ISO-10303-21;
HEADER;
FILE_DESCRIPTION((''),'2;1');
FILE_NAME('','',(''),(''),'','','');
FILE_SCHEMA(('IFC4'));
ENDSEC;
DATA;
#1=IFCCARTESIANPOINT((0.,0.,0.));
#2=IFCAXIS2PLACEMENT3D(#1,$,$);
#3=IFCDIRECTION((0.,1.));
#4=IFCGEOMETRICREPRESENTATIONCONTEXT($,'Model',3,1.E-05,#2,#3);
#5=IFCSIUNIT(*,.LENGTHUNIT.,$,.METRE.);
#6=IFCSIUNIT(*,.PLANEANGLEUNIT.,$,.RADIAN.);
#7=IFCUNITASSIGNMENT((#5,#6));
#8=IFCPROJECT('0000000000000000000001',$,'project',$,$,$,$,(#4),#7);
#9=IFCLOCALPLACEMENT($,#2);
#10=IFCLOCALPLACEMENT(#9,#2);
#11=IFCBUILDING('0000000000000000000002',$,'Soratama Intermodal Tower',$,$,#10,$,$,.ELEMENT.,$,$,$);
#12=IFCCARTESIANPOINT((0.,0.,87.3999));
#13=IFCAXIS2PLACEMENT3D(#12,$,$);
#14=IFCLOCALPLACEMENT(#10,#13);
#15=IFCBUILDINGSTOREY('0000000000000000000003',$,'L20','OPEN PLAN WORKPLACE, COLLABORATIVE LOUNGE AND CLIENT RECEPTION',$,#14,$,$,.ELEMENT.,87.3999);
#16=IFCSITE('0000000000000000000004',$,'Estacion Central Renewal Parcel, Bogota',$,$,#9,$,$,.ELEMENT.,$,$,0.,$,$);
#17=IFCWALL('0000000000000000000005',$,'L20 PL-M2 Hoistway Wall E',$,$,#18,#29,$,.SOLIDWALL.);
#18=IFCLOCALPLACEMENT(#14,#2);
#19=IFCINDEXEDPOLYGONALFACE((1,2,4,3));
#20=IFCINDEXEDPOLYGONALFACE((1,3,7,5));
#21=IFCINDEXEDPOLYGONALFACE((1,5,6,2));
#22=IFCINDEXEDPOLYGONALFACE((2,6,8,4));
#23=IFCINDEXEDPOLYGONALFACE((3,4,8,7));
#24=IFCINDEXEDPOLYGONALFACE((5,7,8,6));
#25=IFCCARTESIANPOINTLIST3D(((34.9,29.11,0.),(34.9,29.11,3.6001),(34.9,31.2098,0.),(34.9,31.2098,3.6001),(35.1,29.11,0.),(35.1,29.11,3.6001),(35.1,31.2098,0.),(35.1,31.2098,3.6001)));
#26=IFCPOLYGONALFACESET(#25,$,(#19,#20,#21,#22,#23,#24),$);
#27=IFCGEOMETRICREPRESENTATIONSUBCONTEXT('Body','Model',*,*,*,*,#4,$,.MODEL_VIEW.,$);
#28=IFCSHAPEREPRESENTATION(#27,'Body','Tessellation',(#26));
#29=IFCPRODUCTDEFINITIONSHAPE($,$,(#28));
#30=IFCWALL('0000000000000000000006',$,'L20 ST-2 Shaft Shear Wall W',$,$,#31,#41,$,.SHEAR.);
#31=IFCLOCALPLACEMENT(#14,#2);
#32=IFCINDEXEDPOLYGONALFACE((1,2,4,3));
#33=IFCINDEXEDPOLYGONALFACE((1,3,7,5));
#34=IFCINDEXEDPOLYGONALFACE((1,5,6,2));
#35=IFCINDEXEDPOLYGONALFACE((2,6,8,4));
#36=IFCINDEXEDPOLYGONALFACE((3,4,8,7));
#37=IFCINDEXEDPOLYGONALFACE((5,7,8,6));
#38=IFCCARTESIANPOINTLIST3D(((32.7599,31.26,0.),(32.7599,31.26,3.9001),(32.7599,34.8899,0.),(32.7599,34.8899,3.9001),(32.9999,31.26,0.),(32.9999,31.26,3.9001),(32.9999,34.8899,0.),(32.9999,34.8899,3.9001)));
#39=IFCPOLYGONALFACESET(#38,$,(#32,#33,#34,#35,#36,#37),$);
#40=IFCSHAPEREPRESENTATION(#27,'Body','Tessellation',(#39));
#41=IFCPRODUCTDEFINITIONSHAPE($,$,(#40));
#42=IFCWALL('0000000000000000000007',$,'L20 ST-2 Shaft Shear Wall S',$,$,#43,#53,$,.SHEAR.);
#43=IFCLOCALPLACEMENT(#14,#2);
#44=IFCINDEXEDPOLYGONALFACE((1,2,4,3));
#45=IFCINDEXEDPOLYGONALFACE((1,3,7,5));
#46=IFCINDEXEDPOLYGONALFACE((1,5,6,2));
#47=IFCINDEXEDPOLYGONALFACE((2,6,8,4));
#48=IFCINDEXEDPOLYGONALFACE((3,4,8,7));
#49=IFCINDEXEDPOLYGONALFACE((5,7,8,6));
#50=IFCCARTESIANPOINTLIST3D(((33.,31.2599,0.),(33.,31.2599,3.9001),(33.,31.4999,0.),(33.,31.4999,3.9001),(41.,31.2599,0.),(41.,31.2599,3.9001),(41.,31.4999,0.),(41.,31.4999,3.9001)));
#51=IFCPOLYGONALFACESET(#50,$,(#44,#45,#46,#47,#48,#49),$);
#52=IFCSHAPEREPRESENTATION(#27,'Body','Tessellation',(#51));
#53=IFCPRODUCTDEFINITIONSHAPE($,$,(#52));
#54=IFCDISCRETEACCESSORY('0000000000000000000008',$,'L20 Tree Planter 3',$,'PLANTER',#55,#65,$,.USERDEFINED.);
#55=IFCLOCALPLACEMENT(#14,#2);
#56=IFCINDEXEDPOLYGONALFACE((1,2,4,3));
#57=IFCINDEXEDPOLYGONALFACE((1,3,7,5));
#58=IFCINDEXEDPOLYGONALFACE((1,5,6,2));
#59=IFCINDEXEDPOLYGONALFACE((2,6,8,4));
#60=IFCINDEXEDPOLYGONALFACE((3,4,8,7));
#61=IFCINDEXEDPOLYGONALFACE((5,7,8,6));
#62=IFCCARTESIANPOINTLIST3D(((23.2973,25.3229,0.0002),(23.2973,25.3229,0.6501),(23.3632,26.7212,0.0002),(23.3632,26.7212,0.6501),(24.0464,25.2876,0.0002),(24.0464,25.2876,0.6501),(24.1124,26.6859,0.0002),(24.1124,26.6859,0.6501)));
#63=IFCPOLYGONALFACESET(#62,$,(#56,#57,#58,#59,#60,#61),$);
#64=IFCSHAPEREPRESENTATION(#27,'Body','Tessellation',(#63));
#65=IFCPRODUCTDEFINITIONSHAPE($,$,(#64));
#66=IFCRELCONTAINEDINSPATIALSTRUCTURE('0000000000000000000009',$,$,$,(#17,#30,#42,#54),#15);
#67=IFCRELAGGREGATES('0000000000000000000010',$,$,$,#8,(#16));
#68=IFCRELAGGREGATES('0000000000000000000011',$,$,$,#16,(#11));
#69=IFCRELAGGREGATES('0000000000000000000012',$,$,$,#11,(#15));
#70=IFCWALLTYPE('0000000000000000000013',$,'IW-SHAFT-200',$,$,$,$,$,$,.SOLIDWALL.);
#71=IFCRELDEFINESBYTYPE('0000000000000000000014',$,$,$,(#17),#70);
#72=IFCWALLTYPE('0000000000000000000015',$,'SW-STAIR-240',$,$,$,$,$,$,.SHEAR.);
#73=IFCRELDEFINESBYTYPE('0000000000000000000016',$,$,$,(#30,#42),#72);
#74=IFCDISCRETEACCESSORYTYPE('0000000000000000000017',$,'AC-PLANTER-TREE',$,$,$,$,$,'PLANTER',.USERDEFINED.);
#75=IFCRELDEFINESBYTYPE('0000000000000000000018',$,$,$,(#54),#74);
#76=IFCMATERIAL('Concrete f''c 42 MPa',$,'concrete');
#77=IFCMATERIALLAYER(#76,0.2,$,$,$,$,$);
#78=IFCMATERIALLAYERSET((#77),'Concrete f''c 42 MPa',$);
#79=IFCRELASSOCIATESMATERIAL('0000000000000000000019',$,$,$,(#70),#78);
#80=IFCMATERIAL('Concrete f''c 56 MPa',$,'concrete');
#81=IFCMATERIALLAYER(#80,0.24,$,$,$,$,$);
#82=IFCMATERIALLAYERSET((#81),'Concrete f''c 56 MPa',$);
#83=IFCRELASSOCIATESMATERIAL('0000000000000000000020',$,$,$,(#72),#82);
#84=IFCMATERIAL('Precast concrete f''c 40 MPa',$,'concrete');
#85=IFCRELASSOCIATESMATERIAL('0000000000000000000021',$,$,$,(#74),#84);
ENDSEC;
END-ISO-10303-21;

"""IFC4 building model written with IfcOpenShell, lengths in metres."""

from ifc_helpers import new_model, si_unit, direction, frame, frame_2d, origin, origin_2d, place, context, subcontext, project, spatial, rectangle, extrude, material, layer, layer_set, type_object, element, save


model = new_model("IFC4")

# Units and contexts
model_context = context("Model", 3, precision=1e-05, world=origin(), true_north=direction((0.0, 1.0)))
body_context = subcontext(model_context, "Body", "Model", "MODEL_VIEW")
ifc_project = project(units=[si_unit("LENGTHUNIT", "METRE"), si_unit("PLANEANGLEUNIT", "RADIAN")], contexts=[model_context])

# Site, building, storey
site_placement = place(None, origin())
site = spatial("IfcSite", under=ifc_project, at=site_placement, Name="Estacion Central Renewal Parcel, Bogota", CompositionType="ELEMENT", RefElevation=0.0)
building_placement = place(site_placement, origin())
building = spatial("IfcBuilding", under=site, at=building_placement, Name="Soratama Intermodal Tower", CompositionType="ELEMENT")
storey_placement = place(building_placement, frame((0.0, 0.0, 87.3999)))
storey = spatial("IfcBuildingStorey", under=building, at=storey_placement, Name="L20", Description="OPEN PLAN WORKPLACE, COLLABORATIVE LOUNGE AND CLIENT RECEPTION", CompositionType="ELEMENT", Elevation=87.3999)

# Shared definitions
ifc_material_1 = material(Name="Concrete f'c 42 MPa", Category="concrete")
ifc_layer_1 = layer(ifc_material_1, 0.2)
ifc_layer_set_1 = layer_set([ifc_layer_1], Name="Concrete f'c 42 MPa")
wall_type_1 = type_object("IfcWallType", Name="IW-SHAFT-200", PredefinedType="SOLIDWALL", material=ifc_layer_set_1)

# Walls
wall_1_placement = place(storey_placement, frame((35.0, 29.1101, 0.0), z_axis=(0.0, 0.0, 1.0), x_axis=(0.0, 1.0, 0.0)))
element("IfcWall", 1, at=wall_1_placement, inside=storey, type_object=wall_type_1, Name="L20 PL-M2 Hoistway Wall E", PredefinedType="SOLIDWALL", context=body_context, shape_type="SweptSolid", body=[
    extrude(rectangle(XDim=2.0999, YDim=0.2, at=frame_2d((1.0498, 0.0))), origin(), (0.0, 0.0, 1.0), 3.6001),
])
ifc_material_2 = material(Name="Concrete f'c 56 MPa", Category="concrete")
ifc_layer_2 = layer(ifc_material_2, 0.24)
ifc_layer_set_2 = layer_set([ifc_layer_2], Name="Concrete f'c 56 MPa")
wall_type_2 = type_object("IfcWallType", Name="SW-STAIR-240", PredefinedType="SHEAR", material=ifc_layer_set_2)
wall_2_placement = place(storey_placement, frame((32.8799, 31.26, 0.0), z_axis=(0.0, 0.0, 1.0), x_axis=(0.0, 1.0, 0.0)))
element("IfcWall", 2, at=wall_2_placement, inside=storey, type_object=wall_type_2, Name="L20 ST-2 Shaft Shear Wall W", PredefinedType="SHEAR", context=body_context, shape_type="SweptSolid", body=[
    extrude(rectangle(XDim=3.6299, YDim=0.24, at=frame_2d((1.8149, 0.0))), origin(), (0.0, 0.0, 1.0), 3.9001),
])
wall_3_placement = place(storey_placement, frame((33.0, 31.3799, 0.0), z_axis=(0.0, 0.0, 1.0), x_axis=(1.0, 0.0, 0.0)))
element("IfcWall", 3, at=wall_3_placement, inside=storey, type_object=wall_type_2, Name="L20 ST-2 Shaft Shear Wall S", PredefinedType="SHEAR", context=body_context, shape_type="SweptSolid", body=[
    extrude(rectangle(XDim=8.0, YDim=0.24, at=frame_2d((4.0, 0.0))), origin(), (0.0, 0.0, 1.0), 3.9001),
])

# Discrete accessory
ifc_material_3 = material(Name="Precast concrete f'c 40 MPa", Category="concrete")
discrete_accessory_type = type_object("IfcDiscreteAccessoryType", Name="AC-PLANTER-TREE", ElementType="PLANTER", PredefinedType="USERDEFINED", material=ifc_material_3)
discrete_accessory_placement = place(storey_placement, frame((23.7048, 26.0044, 0.0002), z_axis=(0.0, 0.0, 1.0), x_axis=(-0.99889, 0.047106, 0.0)))
element("IfcDiscreteAccessory", 4, at=discrete_accessory_placement, inside=storey, type_object=discrete_accessory_type, Name="L20 Tree Planter 3", ObjectType="PLANTER", PredefinedType="USERDEFINED", context=body_context, shape_type="SweptSolid", body=[
    extrude(rectangle(XDim=0.75, YDim=1.3999, at=origin_2d()), origin(), (0.0, 0.0, 1.0), 0.6499),
])

save(model, "model.ifc")
